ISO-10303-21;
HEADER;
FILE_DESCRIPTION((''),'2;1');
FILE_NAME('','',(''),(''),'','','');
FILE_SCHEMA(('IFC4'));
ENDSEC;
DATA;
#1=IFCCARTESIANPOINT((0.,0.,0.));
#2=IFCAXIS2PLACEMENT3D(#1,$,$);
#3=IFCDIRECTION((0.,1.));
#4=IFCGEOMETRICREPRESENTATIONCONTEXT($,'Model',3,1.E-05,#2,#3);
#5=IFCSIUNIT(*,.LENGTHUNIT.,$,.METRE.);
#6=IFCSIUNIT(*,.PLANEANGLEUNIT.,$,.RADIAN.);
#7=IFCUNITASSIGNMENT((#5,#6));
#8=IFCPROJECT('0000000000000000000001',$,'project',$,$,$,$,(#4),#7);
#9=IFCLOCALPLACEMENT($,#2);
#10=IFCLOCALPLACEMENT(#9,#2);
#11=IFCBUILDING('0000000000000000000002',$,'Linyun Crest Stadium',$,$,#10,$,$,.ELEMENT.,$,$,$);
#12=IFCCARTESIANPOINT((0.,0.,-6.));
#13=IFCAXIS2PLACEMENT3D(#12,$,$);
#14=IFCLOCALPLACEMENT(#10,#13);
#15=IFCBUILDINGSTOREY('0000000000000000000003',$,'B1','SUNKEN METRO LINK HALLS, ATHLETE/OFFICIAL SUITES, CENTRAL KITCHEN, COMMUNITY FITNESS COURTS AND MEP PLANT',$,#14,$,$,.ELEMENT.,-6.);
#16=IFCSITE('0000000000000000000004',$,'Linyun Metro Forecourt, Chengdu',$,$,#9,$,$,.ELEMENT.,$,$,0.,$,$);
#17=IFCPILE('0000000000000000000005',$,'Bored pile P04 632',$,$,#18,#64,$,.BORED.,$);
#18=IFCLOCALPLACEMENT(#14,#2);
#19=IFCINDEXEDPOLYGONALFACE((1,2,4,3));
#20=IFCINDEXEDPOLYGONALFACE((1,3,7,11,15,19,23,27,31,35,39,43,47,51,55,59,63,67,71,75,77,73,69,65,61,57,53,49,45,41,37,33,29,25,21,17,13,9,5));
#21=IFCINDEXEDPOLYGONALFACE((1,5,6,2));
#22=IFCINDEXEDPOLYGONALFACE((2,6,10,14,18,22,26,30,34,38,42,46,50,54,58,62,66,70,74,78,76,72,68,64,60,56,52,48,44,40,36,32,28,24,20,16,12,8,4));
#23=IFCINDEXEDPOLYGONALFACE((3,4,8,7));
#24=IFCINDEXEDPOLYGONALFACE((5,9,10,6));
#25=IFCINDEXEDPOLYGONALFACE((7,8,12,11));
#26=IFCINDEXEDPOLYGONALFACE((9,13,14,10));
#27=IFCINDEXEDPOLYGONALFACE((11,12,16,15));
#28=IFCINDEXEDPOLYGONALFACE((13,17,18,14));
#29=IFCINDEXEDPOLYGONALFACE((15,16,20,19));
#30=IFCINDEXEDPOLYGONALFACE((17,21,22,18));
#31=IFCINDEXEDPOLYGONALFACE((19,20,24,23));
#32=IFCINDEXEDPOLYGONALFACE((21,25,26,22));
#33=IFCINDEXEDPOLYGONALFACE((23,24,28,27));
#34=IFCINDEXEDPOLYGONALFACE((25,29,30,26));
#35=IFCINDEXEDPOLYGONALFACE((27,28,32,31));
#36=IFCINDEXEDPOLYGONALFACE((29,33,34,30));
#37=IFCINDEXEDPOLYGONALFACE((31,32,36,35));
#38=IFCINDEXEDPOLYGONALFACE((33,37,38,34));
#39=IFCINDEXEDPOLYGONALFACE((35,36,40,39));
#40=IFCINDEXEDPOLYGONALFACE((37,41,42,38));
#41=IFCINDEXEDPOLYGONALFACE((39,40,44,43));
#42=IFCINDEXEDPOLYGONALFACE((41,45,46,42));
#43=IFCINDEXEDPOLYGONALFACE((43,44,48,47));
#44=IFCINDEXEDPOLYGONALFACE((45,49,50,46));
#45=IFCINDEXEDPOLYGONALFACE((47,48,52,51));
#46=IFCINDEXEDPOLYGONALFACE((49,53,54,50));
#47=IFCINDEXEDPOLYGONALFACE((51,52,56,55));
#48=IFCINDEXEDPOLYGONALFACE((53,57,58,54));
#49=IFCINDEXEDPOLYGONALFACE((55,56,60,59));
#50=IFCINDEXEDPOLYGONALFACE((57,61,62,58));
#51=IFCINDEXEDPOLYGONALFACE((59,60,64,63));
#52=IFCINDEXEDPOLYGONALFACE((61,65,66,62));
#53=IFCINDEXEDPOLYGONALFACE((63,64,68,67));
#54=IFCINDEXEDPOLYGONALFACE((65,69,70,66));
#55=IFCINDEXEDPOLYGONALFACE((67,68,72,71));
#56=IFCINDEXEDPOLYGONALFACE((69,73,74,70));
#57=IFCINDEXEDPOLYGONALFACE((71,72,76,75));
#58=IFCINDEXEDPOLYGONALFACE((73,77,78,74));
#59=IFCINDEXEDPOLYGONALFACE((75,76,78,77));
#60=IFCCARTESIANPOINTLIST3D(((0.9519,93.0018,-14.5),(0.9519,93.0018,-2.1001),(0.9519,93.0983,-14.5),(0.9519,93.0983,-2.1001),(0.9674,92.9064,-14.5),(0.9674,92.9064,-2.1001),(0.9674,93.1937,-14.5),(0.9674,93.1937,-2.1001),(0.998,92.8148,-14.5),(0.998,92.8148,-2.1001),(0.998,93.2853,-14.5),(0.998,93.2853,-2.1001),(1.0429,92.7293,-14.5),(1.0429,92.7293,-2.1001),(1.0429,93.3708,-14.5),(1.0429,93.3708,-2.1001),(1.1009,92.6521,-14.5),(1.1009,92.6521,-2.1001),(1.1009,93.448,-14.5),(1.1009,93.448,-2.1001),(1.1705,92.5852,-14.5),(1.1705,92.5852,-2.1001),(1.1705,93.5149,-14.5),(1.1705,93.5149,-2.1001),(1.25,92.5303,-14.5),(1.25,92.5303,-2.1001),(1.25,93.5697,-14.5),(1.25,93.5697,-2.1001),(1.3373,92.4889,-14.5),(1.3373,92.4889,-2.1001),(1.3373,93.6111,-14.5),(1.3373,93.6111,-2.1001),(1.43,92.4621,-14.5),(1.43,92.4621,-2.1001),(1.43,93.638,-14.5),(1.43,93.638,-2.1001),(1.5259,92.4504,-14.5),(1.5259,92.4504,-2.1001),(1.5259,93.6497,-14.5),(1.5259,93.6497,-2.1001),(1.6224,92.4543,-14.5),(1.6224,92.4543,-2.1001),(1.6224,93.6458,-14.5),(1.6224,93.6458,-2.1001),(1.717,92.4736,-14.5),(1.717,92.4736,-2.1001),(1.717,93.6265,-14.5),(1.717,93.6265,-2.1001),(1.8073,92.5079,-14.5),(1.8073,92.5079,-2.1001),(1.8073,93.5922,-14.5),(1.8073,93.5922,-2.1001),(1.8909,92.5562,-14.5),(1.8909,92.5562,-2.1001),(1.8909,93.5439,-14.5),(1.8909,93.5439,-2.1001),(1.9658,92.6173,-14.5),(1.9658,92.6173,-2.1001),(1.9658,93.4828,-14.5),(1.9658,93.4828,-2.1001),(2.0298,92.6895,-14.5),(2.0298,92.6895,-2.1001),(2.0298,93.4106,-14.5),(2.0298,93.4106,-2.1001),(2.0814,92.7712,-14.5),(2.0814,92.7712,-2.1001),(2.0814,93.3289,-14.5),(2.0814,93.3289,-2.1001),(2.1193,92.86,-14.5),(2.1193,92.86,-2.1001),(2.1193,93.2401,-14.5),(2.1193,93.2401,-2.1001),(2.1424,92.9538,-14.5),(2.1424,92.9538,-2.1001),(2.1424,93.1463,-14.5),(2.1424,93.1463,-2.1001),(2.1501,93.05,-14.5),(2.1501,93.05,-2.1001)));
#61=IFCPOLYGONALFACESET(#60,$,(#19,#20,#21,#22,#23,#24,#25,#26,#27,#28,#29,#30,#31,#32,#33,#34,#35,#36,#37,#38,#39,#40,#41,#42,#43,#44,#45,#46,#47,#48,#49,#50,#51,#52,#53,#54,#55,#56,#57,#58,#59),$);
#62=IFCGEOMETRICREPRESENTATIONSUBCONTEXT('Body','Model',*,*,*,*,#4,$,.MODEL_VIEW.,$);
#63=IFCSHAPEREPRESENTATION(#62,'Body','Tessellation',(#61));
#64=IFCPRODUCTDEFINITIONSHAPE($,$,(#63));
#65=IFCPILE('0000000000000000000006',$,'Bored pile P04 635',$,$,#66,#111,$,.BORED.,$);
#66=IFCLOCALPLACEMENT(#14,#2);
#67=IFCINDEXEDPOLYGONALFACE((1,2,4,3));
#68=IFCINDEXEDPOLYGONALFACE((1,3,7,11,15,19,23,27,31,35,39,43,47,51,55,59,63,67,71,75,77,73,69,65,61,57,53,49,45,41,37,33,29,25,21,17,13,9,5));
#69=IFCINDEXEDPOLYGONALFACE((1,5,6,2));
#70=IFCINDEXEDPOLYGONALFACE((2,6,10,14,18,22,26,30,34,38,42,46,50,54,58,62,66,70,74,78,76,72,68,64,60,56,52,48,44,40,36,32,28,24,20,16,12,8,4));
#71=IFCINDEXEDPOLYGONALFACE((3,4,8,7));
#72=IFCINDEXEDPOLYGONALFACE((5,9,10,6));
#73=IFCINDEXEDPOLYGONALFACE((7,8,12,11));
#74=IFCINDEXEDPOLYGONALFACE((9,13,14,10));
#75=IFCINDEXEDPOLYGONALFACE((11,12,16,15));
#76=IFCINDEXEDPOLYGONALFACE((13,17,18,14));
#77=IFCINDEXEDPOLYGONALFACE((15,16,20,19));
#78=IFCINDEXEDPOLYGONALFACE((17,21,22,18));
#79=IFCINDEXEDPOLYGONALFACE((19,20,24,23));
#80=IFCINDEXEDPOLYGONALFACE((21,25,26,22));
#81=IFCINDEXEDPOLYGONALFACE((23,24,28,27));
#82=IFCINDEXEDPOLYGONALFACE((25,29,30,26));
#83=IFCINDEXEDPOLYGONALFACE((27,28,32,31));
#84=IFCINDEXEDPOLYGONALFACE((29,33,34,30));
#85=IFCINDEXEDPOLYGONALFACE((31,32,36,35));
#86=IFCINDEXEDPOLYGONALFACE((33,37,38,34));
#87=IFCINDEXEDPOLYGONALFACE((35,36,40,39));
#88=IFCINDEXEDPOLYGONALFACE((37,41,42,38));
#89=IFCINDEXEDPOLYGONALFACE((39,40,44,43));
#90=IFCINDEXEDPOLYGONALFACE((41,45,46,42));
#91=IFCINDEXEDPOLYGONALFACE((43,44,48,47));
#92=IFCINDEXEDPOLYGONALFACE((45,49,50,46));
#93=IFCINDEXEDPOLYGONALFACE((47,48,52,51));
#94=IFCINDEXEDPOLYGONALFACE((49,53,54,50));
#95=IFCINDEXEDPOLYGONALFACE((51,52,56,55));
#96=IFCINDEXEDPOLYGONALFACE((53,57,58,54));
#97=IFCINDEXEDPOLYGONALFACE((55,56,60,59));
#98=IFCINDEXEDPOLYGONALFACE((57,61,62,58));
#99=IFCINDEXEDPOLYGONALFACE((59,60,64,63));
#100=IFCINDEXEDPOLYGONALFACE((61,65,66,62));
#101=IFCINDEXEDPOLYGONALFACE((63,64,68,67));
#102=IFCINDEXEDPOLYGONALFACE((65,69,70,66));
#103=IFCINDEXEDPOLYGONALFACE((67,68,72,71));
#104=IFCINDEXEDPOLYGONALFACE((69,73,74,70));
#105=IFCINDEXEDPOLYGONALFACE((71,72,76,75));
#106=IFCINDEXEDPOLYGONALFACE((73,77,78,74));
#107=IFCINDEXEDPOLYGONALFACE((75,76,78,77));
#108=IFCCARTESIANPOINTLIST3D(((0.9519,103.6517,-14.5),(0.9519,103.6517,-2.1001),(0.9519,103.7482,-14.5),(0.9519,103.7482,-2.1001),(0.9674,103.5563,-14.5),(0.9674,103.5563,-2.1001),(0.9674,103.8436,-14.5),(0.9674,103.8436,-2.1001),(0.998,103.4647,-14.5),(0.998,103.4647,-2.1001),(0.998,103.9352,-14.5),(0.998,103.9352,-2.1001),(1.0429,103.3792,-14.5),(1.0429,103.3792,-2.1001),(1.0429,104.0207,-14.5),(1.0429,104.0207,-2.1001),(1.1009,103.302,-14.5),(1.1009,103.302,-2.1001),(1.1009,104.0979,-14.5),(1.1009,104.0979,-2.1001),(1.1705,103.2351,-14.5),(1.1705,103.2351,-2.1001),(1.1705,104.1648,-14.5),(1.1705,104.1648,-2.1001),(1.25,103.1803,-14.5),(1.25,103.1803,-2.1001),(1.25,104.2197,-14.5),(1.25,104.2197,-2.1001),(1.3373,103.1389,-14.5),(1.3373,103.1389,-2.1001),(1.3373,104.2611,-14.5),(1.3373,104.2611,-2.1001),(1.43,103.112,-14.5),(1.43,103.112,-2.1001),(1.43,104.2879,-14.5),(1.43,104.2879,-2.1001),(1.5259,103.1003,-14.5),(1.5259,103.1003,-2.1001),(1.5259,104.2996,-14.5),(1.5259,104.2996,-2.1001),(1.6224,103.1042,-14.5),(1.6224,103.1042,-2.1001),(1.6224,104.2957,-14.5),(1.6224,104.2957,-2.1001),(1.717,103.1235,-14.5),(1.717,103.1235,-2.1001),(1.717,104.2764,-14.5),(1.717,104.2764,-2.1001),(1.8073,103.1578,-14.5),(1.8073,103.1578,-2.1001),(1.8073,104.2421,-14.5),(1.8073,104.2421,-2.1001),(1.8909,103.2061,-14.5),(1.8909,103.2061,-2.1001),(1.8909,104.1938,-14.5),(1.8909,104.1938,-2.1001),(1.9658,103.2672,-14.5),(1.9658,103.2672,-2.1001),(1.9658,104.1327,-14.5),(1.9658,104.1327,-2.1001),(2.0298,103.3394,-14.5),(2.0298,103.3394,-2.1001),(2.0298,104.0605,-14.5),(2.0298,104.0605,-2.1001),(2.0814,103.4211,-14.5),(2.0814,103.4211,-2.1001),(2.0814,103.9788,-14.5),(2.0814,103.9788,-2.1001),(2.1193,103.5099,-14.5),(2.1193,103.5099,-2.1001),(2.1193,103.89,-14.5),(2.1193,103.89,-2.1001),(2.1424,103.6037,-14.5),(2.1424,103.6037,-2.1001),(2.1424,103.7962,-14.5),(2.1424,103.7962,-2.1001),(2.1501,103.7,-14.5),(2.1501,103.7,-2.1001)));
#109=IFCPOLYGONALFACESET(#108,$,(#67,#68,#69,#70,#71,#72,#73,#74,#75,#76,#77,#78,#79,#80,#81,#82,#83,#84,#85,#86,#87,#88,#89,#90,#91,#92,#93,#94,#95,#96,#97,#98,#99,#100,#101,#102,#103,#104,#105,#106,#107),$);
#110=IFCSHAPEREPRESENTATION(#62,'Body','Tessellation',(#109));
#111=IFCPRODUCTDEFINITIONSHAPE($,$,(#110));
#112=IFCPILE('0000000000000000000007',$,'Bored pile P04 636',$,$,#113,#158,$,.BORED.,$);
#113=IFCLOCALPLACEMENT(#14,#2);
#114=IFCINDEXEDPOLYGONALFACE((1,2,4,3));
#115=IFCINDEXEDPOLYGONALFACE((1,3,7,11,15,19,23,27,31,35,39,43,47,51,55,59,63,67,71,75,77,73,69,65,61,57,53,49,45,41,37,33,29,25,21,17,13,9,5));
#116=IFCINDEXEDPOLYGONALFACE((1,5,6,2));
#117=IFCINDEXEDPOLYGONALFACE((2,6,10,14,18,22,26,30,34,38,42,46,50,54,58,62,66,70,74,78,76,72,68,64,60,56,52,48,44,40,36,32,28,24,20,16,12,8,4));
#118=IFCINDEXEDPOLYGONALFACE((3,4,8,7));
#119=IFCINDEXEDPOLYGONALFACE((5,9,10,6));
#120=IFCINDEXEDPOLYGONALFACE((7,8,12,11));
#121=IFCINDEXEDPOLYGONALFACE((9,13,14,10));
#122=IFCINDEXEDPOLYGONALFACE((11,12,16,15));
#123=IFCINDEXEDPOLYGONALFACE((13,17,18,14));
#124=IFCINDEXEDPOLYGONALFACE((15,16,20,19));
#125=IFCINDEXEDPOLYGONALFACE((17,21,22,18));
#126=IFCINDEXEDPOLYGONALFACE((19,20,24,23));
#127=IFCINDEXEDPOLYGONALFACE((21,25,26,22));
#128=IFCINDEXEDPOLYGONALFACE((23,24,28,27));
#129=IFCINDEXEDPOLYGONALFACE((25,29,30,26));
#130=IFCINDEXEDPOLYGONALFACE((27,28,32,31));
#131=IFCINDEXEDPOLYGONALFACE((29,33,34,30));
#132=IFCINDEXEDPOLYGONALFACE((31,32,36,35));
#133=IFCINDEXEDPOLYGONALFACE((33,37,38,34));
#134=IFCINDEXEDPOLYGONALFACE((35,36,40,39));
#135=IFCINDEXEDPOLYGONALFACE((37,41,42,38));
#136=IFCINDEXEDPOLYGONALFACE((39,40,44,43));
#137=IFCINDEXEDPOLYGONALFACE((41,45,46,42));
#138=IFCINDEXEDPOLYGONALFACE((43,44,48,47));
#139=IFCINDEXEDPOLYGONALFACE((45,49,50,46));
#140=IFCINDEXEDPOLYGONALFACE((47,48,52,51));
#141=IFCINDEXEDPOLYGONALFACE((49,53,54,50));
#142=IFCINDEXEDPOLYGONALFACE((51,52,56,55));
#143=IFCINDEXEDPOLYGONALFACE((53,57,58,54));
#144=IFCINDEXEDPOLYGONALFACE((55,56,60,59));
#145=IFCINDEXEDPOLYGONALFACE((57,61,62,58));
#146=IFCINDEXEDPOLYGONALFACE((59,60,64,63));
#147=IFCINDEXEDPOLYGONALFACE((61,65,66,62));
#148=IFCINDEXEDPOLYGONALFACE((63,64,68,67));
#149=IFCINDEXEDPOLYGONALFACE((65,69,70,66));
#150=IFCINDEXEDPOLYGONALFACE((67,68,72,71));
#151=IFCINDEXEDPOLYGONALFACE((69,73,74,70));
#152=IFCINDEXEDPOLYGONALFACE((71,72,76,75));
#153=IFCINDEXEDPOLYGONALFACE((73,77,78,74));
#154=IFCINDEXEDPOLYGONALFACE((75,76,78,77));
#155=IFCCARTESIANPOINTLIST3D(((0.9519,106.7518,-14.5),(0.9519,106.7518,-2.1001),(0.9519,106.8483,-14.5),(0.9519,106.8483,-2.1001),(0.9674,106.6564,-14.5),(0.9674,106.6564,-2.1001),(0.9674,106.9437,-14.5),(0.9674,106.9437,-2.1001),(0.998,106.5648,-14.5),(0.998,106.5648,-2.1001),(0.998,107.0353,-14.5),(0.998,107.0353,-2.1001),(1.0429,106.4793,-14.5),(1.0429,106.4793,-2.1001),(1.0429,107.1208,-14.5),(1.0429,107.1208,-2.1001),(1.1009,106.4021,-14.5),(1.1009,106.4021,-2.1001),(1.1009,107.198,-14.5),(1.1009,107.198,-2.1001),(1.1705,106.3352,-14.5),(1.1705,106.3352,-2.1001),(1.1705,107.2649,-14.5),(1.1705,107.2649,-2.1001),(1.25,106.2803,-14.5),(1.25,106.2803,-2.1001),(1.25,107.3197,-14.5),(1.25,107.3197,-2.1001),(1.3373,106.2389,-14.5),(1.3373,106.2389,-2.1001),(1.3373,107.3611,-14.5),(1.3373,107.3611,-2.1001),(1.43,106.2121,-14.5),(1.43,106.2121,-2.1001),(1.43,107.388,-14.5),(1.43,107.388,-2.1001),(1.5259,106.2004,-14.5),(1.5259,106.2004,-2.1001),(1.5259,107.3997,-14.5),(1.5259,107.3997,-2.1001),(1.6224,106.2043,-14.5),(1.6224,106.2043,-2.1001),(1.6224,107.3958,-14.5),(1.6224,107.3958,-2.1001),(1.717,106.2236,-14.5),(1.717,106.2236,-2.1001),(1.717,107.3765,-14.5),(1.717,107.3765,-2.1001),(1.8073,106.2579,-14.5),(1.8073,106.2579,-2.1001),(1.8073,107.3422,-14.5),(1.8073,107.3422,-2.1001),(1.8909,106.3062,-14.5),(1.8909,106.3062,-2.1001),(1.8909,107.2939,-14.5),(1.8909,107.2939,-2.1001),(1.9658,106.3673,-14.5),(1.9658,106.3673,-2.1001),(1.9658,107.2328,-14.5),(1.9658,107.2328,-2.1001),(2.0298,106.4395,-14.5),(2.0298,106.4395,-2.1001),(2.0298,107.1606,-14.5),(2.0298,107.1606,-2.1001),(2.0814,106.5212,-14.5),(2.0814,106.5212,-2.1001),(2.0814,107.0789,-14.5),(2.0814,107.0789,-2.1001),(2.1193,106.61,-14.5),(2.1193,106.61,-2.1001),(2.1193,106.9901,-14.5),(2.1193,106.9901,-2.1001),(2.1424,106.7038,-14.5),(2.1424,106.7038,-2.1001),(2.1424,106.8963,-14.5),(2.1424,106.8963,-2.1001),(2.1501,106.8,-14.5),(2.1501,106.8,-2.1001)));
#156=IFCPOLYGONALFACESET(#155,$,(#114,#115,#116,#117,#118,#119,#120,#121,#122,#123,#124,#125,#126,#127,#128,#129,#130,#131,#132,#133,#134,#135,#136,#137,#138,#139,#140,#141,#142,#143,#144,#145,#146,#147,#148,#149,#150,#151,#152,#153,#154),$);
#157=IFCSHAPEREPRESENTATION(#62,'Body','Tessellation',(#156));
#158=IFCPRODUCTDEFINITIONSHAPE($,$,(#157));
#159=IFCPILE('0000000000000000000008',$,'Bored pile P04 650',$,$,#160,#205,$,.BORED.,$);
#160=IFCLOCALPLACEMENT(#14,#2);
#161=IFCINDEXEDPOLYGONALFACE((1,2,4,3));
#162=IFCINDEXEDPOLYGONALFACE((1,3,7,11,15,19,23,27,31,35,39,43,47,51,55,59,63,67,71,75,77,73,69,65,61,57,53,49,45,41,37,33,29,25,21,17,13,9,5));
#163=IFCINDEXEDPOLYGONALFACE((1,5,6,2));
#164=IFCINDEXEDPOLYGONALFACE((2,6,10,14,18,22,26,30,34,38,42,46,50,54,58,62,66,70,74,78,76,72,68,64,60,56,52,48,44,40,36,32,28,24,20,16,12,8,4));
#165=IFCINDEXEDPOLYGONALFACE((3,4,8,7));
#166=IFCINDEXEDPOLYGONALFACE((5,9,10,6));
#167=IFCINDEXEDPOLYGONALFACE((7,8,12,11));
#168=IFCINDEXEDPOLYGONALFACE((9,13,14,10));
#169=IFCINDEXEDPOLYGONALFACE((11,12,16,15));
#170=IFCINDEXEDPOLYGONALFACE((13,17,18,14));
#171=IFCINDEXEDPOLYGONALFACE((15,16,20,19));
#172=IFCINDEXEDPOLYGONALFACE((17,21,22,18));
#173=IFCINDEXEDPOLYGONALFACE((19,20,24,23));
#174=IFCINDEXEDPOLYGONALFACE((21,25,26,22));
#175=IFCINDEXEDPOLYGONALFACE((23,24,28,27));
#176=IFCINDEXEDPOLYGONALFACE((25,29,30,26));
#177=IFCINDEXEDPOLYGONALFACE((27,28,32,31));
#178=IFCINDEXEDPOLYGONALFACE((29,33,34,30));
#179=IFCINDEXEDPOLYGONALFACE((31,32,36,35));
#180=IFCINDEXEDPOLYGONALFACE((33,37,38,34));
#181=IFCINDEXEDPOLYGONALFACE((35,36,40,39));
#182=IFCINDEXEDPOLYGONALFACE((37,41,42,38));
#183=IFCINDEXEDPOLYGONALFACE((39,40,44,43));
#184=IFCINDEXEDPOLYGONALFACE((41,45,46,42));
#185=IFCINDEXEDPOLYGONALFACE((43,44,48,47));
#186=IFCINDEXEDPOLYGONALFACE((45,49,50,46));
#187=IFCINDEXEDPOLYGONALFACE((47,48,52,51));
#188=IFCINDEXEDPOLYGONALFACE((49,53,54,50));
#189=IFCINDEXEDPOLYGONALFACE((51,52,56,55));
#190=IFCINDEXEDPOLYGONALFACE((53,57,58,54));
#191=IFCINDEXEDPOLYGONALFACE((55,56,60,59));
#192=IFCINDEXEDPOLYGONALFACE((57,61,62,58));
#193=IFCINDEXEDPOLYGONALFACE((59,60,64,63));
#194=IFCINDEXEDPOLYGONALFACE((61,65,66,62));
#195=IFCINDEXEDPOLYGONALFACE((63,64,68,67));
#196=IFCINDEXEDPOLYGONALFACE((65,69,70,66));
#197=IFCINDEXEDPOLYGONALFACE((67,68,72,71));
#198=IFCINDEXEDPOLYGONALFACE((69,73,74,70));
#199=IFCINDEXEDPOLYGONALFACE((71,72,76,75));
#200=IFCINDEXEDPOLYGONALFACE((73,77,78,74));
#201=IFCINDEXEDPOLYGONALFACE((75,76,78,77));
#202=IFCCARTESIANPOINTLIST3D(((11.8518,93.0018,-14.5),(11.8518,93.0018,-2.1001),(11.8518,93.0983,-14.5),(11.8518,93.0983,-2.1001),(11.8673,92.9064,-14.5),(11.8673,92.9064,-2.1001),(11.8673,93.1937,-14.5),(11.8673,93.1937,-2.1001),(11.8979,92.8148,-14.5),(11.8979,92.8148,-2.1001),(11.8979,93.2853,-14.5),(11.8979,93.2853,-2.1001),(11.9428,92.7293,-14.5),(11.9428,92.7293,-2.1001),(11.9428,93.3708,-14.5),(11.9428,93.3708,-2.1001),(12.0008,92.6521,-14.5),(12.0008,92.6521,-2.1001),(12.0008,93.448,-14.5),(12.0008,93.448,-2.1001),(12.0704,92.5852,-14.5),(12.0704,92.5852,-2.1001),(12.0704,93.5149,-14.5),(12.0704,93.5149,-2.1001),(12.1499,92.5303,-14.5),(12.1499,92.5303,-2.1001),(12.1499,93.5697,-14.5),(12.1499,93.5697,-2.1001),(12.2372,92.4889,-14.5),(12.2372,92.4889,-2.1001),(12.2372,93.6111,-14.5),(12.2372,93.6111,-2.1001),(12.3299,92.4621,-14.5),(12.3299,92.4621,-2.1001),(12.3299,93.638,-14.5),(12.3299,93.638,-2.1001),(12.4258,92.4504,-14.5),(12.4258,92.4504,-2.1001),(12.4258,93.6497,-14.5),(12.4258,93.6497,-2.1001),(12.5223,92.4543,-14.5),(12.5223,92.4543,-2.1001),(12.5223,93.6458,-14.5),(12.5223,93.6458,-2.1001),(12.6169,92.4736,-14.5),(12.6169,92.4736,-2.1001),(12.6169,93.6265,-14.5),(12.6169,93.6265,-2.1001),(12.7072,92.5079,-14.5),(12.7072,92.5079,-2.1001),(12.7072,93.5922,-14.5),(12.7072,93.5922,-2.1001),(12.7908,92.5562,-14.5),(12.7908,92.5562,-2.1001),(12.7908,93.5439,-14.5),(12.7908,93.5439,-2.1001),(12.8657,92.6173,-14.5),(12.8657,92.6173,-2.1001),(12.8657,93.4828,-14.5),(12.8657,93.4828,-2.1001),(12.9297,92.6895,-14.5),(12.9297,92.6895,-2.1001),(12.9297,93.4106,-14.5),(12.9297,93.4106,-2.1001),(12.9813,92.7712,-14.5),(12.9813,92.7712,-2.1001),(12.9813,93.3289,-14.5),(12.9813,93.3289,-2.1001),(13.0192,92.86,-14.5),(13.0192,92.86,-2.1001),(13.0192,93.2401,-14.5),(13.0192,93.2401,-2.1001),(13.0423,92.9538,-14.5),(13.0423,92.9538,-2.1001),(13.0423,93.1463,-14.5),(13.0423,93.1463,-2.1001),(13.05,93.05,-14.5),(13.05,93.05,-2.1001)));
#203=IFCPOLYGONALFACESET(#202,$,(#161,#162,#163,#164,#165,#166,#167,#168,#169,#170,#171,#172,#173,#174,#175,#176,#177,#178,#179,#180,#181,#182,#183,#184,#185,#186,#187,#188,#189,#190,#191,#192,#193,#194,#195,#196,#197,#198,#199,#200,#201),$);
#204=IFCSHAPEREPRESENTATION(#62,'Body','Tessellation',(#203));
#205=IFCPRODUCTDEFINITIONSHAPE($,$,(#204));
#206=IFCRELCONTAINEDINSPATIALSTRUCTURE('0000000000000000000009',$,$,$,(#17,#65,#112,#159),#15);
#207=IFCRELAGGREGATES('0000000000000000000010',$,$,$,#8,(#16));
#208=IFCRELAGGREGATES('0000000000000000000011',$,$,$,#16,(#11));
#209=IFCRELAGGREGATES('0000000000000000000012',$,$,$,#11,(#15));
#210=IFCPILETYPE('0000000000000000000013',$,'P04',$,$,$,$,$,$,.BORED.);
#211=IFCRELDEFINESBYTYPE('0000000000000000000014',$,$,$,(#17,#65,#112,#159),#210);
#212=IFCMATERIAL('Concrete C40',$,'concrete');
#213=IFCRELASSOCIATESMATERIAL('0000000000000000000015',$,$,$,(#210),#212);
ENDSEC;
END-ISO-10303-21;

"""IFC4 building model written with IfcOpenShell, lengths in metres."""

from ifc_helpers import new_model, si_unit, direction, frame, origin, origin_2d, place, context, subcontext, project, spatial, circle, extrude, material, material_profile, profile_set, type_object, element, save


model = new_model("IFC4")

# Units and contexts
model_context = context("Model", 3, precision=1e-05, world=origin(), true_north=direction((0.0, 1.0)))
body_context = subcontext(model_context, "Body", "Model", "MODEL_VIEW")
ifc_project = project(units=[si_unit("LENGTHUNIT", "METRE"), si_unit("PLANEANGLEUNIT", "RADIAN")], contexts=[model_context])

# Site, building, storey
site_placement = place(None, origin())
site = spatial("IfcSite", under=ifc_project, at=site_placement, Name="Linyun Metro Forecourt, Chengdu", CompositionType="ELEMENT", RefElevation=0.0)
building_placement = place(site_placement, origin())
building = spatial("IfcBuilding", under=site, at=building_placement, Name="Linyun Crest Stadium", CompositionType="ELEMENT")
storey_placement = place(building_placement, frame((0.0, 0.0, -6.0)))
storey = spatial("IfcBuildingStorey", under=building, at=storey_placement, Name="B1", Description="SUNKEN METRO LINK HALLS, ATHLETE/OFFICIAL SUITES, CENTRAL KITCHEN, COMMUNITY FITNESS COURTS AND MEP PLANT", CompositionType="ELEMENT", Elevation=-6.0)

# Piles
ifc_material_1 = material(Name="Concrete C40", Category="concrete")
ifc_material_profile_1 = material_profile(ifc_material_1, circle(Radius=0.6001, at=origin_2d()), Name="BORED PILE 1200")
ifc_profile_set_1 = profile_set([ifc_material_profile_1], Name="Concrete C40")
pile_type = type_object("IfcPileType", Name="P04", PredefinedType="BORED", material=ifc_profile_set_1)
for number, where, z_axis, x_axis, name in (
    (1, (1.55, 93.05, -2.1001), (0.0, 0.0, -1.0), (1.0, 0.0, 0.0), "Bored pile P04 632"),
    (2, (1.55, 103.7, -2.1001), (0.0, 0.0, -1.0), (1.0, 0.0, 0.0), "Bored pile P04 635"),
    (3, (1.55, 106.8, -2.1001), (0.0, 0.0, -1.0), (1.0, 0.0, 0.0), "Bored pile P04 636"),
    (4, (12.45, 93.05, -2.1001), (0.0, 0.0, -1.0), (1.0, 0.0, 0.0), "Bored pile P04 650"),
):
    element("IfcPile", number, at=place(storey_placement, frame(where, z_axis=z_axis, x_axis=x_axis)), inside=storey, type_object=pile_type, Name=name, PredefinedType="BORED", context=body_context, shape_type="SweptSolid", body=[
        extrude(circle(Radius=0.6001, at=origin_2d()), origin(), (0.0, 0.0, 1.0), 12.3999),
    ])

save(model, "model.ifc")
